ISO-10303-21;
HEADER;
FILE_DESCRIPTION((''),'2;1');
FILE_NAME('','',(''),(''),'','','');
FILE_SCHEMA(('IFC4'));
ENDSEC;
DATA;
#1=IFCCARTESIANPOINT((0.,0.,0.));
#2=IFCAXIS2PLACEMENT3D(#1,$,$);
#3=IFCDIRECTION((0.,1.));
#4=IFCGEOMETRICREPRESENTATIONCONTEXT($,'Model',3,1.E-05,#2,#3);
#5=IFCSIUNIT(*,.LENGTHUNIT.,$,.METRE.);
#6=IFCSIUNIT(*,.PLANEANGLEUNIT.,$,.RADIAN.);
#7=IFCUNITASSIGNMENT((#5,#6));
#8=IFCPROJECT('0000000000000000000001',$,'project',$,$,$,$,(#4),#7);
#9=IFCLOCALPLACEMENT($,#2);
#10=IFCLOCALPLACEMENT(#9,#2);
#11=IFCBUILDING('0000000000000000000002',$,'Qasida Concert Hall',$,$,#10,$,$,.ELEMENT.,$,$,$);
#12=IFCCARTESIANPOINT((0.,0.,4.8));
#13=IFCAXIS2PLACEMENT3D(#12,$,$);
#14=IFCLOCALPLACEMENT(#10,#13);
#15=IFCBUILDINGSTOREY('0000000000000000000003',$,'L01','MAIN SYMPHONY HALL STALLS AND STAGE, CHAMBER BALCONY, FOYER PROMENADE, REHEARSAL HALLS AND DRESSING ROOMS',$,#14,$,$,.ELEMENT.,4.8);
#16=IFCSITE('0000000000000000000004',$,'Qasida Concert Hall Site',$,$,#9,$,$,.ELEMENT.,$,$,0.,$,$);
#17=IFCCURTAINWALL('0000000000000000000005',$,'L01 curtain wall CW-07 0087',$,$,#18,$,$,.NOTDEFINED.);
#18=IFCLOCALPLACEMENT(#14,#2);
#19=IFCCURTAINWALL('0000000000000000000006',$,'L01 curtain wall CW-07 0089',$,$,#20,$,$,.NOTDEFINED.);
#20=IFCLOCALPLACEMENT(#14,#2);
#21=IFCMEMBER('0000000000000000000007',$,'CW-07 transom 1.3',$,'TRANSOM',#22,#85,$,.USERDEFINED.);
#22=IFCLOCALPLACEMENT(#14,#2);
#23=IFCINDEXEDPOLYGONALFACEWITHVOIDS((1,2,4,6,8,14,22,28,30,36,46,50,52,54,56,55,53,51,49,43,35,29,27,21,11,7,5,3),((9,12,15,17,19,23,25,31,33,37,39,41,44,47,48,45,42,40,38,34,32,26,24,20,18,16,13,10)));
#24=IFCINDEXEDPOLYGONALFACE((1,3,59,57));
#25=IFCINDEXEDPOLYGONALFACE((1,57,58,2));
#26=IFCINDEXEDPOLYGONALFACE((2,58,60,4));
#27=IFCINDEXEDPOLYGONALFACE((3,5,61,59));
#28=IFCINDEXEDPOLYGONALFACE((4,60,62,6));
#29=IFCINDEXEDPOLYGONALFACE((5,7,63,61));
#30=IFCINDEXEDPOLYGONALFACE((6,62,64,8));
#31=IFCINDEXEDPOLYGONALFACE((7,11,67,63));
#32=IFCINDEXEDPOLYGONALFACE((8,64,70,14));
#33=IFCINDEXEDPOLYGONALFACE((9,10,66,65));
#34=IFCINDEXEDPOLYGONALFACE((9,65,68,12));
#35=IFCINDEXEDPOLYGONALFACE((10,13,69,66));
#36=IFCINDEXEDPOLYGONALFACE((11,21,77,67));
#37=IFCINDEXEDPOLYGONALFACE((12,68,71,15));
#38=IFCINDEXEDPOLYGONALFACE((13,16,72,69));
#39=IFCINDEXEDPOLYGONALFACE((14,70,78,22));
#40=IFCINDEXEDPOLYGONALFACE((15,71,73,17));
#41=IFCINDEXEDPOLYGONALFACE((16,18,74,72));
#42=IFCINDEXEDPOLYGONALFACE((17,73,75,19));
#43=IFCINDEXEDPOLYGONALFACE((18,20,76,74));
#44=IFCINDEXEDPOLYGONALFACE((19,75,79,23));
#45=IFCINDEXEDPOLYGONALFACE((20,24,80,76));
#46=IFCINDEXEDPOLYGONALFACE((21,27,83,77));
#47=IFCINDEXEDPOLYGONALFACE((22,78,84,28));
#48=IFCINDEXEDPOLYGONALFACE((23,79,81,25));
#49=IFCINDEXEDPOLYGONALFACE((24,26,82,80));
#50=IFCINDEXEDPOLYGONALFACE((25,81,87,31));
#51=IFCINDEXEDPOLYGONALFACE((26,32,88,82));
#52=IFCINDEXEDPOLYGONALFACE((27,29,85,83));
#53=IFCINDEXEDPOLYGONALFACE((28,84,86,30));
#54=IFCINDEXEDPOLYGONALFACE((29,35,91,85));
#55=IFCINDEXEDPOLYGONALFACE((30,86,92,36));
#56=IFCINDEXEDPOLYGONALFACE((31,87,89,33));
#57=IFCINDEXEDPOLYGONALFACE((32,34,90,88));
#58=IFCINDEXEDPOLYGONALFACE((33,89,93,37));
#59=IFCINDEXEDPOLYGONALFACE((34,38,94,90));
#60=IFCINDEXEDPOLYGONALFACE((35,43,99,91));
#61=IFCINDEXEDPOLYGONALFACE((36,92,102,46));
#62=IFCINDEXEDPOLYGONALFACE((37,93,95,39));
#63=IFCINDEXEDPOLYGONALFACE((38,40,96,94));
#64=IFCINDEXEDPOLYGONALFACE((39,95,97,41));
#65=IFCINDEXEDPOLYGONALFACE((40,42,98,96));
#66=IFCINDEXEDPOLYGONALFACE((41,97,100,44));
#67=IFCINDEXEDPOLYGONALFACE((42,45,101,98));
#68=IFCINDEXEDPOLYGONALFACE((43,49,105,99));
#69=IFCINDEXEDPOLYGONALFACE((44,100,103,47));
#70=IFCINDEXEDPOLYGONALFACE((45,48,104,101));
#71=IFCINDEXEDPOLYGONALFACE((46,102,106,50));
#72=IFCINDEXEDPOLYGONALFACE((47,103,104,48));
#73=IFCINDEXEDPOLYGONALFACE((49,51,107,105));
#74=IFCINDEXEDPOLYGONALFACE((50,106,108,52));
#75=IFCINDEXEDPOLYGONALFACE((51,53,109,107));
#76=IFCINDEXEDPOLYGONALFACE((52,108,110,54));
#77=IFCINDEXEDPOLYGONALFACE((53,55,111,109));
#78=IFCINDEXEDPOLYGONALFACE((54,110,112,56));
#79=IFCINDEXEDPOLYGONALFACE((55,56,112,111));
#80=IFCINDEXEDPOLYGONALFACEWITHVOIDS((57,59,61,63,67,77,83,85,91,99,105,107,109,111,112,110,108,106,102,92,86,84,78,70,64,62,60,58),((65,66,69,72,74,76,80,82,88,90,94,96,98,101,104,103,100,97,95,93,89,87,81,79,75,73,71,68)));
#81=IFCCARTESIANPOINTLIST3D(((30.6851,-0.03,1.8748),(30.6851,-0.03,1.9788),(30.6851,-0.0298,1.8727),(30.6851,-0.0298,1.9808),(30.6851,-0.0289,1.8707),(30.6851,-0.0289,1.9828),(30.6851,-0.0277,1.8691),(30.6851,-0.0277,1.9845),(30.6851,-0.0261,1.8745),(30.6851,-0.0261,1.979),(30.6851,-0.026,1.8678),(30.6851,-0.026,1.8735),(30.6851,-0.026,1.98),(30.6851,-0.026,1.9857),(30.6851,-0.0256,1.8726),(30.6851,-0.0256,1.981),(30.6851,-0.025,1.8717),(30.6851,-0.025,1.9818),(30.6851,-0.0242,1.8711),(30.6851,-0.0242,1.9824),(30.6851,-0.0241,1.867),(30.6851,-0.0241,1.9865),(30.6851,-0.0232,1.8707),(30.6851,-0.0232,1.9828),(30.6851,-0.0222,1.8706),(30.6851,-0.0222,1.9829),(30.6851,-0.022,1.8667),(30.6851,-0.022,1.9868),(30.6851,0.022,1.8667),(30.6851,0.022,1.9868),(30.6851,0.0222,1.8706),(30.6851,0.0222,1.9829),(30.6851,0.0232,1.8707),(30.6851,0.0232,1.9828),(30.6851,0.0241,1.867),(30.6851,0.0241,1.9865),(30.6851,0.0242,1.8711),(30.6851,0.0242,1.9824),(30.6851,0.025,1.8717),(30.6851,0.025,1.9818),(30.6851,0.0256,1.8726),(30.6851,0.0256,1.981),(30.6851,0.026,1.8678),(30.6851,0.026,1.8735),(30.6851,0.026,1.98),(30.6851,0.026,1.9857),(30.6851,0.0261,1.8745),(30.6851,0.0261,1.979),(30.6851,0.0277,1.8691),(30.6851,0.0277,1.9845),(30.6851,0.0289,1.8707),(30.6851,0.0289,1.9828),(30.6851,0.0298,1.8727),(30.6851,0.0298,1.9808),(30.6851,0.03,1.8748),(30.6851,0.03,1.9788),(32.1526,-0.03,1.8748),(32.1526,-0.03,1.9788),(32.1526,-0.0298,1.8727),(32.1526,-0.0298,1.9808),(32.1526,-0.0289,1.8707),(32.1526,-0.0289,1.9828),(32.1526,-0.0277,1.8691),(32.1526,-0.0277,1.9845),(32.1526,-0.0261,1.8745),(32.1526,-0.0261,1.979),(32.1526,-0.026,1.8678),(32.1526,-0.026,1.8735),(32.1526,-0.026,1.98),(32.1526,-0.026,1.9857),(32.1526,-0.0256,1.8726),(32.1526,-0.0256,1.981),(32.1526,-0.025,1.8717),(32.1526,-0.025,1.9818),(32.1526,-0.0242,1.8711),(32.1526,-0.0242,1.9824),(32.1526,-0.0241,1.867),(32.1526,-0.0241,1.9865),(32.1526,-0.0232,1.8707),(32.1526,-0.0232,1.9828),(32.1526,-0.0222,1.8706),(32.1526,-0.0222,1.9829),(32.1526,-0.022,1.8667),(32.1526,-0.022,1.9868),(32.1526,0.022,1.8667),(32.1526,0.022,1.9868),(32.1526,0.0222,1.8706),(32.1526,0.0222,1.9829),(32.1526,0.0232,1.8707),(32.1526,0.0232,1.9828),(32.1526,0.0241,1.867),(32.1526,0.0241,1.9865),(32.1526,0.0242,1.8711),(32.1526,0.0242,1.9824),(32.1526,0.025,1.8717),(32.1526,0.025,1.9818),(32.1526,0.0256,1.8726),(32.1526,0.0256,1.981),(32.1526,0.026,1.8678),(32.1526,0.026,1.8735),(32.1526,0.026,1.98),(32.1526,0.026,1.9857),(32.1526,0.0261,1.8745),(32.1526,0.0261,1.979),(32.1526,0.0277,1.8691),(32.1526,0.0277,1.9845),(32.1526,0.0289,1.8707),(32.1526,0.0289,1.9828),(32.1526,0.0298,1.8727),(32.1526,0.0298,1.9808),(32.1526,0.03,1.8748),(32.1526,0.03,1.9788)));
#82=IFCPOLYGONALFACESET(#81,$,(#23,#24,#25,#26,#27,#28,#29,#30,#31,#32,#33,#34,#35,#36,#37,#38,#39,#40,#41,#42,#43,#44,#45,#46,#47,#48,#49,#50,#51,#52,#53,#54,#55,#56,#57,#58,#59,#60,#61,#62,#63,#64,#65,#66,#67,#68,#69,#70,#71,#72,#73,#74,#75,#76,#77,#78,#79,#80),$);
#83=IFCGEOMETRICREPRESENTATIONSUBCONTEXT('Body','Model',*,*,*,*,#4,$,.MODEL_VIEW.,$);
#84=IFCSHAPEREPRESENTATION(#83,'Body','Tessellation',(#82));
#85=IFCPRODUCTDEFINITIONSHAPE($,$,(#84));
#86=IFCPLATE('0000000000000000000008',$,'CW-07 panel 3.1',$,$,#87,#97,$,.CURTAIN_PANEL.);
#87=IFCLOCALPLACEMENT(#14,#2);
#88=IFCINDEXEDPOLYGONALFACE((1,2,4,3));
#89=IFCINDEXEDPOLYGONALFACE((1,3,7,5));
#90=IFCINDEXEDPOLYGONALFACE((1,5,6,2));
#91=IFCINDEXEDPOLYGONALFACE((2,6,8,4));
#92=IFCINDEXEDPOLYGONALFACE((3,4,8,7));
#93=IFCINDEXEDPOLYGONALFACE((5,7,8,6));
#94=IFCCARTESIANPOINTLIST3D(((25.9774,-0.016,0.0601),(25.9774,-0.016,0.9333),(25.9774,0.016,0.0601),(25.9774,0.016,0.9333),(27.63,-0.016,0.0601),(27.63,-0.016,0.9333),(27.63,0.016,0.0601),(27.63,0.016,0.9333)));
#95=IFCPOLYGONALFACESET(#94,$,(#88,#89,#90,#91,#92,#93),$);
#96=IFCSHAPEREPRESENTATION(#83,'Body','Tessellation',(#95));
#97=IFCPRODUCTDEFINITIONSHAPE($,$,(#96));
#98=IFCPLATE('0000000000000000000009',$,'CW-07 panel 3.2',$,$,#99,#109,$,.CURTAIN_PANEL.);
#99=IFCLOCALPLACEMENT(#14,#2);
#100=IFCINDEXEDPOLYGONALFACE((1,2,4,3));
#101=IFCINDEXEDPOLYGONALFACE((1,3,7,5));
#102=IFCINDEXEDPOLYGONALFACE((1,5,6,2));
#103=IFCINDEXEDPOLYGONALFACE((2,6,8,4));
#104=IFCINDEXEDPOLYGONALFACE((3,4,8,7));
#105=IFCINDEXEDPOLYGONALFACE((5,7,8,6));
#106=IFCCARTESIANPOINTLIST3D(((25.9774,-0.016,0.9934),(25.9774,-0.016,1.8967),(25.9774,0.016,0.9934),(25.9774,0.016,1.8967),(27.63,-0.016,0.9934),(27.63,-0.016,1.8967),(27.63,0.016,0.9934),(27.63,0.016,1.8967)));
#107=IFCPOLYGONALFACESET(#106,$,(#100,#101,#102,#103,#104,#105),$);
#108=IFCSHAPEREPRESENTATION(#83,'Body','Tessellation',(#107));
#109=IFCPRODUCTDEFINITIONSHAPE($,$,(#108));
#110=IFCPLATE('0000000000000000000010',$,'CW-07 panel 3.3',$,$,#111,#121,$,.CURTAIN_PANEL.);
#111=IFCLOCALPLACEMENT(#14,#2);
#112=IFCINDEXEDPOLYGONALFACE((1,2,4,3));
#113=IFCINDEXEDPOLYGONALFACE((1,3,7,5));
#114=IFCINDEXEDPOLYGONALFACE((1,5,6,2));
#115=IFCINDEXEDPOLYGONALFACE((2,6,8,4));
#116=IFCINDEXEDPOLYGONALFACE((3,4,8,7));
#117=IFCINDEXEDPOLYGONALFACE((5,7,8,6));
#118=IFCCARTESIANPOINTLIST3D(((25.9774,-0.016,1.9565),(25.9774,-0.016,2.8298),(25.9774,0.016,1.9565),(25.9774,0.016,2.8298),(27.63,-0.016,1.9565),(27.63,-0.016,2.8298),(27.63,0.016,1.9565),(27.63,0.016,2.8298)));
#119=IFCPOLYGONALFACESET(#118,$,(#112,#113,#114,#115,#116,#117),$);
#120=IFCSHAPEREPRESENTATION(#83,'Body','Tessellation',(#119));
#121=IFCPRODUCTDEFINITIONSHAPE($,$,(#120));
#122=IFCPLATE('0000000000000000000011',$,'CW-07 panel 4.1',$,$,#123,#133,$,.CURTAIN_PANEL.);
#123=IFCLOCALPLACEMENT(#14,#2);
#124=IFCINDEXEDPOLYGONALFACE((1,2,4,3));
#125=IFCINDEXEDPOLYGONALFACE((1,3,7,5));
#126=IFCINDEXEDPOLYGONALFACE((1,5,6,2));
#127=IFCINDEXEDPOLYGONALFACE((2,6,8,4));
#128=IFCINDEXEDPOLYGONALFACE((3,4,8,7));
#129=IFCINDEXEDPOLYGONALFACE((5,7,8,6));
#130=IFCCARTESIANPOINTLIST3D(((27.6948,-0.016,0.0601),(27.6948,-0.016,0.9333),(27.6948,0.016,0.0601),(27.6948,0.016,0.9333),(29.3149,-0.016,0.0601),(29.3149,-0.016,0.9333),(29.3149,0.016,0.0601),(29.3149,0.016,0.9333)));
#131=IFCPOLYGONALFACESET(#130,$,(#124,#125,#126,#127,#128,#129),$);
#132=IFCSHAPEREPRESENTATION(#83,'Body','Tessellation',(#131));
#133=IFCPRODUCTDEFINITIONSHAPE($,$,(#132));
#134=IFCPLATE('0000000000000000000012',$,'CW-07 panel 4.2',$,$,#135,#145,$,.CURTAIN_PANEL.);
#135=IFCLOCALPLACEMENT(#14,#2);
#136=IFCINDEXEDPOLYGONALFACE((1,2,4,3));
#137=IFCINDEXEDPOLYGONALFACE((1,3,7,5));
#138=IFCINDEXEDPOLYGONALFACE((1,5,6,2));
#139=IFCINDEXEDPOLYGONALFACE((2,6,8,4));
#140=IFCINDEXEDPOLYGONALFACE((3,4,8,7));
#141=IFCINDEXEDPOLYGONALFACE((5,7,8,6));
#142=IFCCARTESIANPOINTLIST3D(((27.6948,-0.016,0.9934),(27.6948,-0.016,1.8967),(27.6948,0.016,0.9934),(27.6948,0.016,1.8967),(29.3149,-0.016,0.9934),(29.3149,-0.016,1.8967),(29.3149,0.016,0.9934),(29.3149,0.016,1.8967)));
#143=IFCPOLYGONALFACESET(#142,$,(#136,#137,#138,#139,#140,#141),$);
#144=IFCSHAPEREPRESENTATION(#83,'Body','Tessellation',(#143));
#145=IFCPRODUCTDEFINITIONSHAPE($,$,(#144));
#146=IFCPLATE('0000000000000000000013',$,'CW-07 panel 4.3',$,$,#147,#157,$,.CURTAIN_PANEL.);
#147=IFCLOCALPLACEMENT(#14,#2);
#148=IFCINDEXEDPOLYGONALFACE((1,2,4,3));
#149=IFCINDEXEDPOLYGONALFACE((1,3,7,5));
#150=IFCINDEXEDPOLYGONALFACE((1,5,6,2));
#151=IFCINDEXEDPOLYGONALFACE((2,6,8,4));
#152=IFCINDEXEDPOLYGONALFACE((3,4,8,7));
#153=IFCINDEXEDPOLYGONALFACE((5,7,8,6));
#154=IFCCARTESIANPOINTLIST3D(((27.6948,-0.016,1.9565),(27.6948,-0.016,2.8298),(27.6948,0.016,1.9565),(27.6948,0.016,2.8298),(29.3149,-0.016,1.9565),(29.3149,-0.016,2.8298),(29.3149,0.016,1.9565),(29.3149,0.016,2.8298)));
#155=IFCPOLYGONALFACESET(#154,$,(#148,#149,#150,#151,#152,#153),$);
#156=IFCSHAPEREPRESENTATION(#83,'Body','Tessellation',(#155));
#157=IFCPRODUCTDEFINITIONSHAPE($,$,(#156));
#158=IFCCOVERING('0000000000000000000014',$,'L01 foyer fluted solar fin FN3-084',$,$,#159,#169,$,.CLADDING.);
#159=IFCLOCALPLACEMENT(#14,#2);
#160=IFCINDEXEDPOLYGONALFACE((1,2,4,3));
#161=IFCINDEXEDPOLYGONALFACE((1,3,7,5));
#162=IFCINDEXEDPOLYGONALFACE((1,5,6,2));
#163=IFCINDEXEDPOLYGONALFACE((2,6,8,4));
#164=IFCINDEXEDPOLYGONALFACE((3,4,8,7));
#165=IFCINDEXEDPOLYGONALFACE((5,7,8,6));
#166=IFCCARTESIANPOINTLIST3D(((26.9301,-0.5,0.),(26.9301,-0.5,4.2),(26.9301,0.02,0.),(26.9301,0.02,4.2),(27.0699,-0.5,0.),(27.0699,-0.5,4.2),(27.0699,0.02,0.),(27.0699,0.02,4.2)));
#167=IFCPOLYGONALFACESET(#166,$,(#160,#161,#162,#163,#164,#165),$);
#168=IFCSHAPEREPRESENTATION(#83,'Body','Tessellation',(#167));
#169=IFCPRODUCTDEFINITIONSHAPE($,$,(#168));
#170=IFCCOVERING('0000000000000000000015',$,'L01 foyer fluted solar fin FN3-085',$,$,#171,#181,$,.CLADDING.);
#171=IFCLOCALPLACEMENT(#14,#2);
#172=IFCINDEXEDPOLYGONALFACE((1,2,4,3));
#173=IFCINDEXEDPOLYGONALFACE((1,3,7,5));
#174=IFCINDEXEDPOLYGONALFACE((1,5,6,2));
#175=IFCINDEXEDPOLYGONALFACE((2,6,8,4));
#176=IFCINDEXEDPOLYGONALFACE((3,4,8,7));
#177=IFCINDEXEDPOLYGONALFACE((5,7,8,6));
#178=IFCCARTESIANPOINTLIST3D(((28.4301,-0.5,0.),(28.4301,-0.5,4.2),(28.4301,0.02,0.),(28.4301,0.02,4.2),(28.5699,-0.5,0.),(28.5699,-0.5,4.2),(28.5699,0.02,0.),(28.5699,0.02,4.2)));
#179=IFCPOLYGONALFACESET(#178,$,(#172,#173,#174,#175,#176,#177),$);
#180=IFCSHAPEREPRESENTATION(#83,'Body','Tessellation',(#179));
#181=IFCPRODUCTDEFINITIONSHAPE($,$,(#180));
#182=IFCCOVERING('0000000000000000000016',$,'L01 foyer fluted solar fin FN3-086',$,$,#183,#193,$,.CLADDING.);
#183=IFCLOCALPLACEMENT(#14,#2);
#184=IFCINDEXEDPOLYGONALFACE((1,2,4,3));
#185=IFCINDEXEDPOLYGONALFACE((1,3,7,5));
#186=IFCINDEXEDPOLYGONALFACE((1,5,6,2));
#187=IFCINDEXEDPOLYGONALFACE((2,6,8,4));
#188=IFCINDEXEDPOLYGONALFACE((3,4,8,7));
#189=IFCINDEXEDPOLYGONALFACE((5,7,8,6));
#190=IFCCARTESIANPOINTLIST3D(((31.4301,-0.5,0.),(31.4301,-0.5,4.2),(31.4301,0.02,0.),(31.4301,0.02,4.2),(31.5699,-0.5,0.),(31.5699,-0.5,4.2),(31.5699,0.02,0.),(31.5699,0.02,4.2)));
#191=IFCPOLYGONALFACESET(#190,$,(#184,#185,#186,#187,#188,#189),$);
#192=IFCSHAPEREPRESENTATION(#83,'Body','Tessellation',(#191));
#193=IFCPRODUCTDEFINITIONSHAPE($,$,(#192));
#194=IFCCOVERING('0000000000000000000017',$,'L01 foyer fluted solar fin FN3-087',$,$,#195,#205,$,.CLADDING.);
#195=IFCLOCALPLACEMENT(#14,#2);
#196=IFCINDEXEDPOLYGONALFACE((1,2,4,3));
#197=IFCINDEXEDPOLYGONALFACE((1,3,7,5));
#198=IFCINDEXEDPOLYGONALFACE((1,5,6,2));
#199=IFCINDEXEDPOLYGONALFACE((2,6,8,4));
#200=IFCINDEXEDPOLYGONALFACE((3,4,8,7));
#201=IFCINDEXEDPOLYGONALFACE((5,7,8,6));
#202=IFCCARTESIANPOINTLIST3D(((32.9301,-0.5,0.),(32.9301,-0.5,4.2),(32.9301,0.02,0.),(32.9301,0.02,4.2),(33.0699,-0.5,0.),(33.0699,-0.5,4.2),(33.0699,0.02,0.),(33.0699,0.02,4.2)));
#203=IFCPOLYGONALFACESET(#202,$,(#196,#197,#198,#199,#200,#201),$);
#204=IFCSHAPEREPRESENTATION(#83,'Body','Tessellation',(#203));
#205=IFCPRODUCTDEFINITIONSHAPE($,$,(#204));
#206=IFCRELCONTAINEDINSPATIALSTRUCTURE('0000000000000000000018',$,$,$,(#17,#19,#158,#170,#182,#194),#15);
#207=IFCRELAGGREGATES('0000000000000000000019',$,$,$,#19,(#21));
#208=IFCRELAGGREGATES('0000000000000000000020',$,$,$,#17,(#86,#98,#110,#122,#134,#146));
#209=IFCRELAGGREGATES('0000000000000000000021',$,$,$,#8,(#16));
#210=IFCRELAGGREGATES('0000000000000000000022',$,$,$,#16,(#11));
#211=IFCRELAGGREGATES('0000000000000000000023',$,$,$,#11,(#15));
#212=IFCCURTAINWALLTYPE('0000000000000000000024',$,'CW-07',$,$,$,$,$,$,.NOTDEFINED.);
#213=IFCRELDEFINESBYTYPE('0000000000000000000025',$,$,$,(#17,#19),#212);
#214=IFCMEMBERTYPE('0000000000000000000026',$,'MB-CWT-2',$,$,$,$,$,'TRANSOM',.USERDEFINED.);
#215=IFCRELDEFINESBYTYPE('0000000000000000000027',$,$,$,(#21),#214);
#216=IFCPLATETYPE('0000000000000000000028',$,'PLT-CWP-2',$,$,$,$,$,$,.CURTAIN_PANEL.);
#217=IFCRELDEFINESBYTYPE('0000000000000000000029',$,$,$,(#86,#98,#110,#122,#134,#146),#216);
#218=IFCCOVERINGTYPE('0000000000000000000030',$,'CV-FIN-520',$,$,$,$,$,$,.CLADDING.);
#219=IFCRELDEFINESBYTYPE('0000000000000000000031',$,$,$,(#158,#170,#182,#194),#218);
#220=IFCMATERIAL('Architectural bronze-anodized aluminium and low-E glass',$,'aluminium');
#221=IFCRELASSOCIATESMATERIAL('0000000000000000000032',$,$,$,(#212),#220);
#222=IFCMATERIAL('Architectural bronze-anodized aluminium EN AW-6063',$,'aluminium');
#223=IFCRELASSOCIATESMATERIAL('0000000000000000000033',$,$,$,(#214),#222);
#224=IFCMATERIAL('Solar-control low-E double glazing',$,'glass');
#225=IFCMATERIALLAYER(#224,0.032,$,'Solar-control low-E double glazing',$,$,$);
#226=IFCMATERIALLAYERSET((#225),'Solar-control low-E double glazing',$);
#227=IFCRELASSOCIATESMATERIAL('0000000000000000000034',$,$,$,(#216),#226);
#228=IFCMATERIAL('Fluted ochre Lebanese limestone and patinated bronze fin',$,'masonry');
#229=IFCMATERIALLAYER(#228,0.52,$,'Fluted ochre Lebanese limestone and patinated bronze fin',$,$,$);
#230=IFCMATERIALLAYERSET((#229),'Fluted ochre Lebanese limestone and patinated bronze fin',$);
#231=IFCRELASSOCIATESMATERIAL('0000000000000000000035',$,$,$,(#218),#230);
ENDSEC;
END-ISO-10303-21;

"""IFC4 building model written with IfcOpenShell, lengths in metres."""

from ifc_helpers import new_model, si_unit, direction, frame, origin, origin_2d, place, context, subcontext, project, spatial, rectangle, hollow_rectangle, extrude, material, layer, layer_set, material_profile, profile_set, type_object, element, aggregate, save


model = new_model("IFC4")

# Units and contexts
model_context = context("Model", 3, precision=1e-05, world=origin(), true_north=direction((0.0, 1.0)))
body_context = subcontext(model_context, "Body", "Model", "MODEL_VIEW")
ifc_project = project(units=[si_unit("LENGTHUNIT", "METRE"), si_unit("PLANEANGLEUNIT", "RADIAN")], contexts=[model_context])

# Site, building, storey
site_placement = place(None, origin())
site = spatial("IfcSite", under=ifc_project, at=site_placement, Name="Qasida Concert Hall Site", CompositionType="ELEMENT", RefElevation=0.0)
building_placement = place(site_placement, origin())
building = spatial("IfcBuilding", under=site, at=building_placement, Name="Qasida Concert Hall", CompositionType="ELEMENT")
storey_placement = place(building_placement, frame((0.0, 0.0, 4.8)))
storey = spatial("IfcBuildingStorey", under=building, at=storey_placement, Name="L01", Description="MAIN SYMPHONY HALL STALLS AND STAGE, CHAMBER BALCONY, FOYER PROMENADE, REHEARSAL HALLS AND DRESSING ROOMS", CompositionType="ELEMENT", Elevation=4.8)

# Curtain wall
ifc_material_1 = material(Name="Architectural bronze-anodized aluminium and low-E glass", Category="aluminium")
curtain_wall_type = type_object("IfcCurtainWallType", Name="CW-07", PredefinedType="NOTDEFINED", material=ifc_material_1)
curtain_wall_1_placement = place(storey_placement, origin())
curtain_wall_1 = element("IfcCurtainWall", 1, at=curtain_wall_1_placement, inside=storey, type_object=curtain_wall_type, Name="L01 curtain wall CW-07 0087", PredefinedType="NOTDEFINED")
ifc_material_2 = material(Name="Architectural bronze-anodized aluminium EN AW-6063", Category="aluminium")

# Curtain wall
curtain_wall_2_placement = place(storey_placement, origin())
curtain_wall_2 = element("IfcCurtainWall", 2, at=curtain_wall_2_placement, inside=storey, type_object=curtain_wall_type, Name="L01 curtain wall CW-07 0089", PredefinedType="NOTDEFINED")

# Member
ifc_material_profile_1 = material_profile(ifc_material_2, hollow_rectangle(XDim=0.0601, YDim=0.1201, WallThickness=0.0039, InnerFilletRadius=0.0039, OuterFilletRadius=0.0081, at=origin_2d()), Name="CWT 120x60x4")
ifc_profile_set_1 = profile_set([ifc_material_profile_1], Name="Architectural bronze-anodized aluminium EN AW-6063")
member_type_1 = type_object("IfcMemberType", Name="MB-CWT-2", ElementType="TRANSOM", PredefinedType="USERDEFINED", material=ifc_profile_set_1)
member_1_placement = place(storey_placement, frame((30.6851, 0.0, 1.9268), z_axis=(1.0, 0.0, 0.0), x_axis=(0.0, 1.0, 0.0)))
member_1 = element("IfcMember", 3, at=member_1_placement, type_object=member_type_1, Name="CW-07 transom 1.3", ObjectType="TRANSOM", PredefinedType="USERDEFINED", context=body_context, shape_type="SweptSolid", body=[
    extrude(hollow_rectangle(XDim=0.0601, YDim=0.1201, WallThickness=0.0039, InnerFilletRadius=0.0039, OuterFilletRadius=0.0081, at=origin_2d()), origin(), (0.0, 0.0, 1.0), 1.4675),
])
aggregate(curtain_wall_2, [member_1])

# Plates
ifc_material_3 = material(Name="Solar-control low-E double glazing", Category="glass")
ifc_layer_1 = layer(ifc_material_3, 0.032, Name="Solar-control low-E double glazing")
ifc_layer_set_1 = layer_set([ifc_layer_1], Name="Solar-control low-E double glazing")
plate_type = type_object("IfcPlateType", Name="PLT-CWP-2", PredefinedType="CURTAIN_PANEL", material=ifc_layer_set_1)
plate_1_placement = place(storey_placement, frame((26.8037, 0.0, 0.0601), z_axis=(0.0, 0.0, 1.0), x_axis=(1.0, 0.0, 0.0)))
plate_1 = element("IfcPlate", 4, at=plate_1_placement, type_object=plate_type, Name="CW-07 panel 3.1", PredefinedType="CURTAIN_PANEL", context=body_context, shape_type="SweptSolid", body=[
    extrude(rectangle(XDim=1.6526, YDim=0.032, at=origin_2d()), origin(), (0.0, 0.0, 1.0), 0.8733),
])
plate_2_placement = place(storey_placement, frame((26.8037, 0.0, 0.9934), z_axis=(0.0, 0.0, 1.0), x_axis=(1.0, 0.0, 0.0)))
plate_2 = element("IfcPlate", 5, at=plate_2_placement, type_object=plate_type, Name="CW-07 panel 3.2", PredefinedType="CURTAIN_PANEL", context=body_context, shape_type="SweptSolid", body=[
    extrude(rectangle(XDim=1.6526, YDim=0.032, at=origin_2d()), origin(), (0.0, 0.0, 1.0), 0.9033),
])
plate_3_placement = place(storey_placement, frame((26.8037, 0.0, 1.9565), z_axis=(0.0, 0.0, 1.0), x_axis=(1.0, 0.0, 0.0)))
plate_3 = element("IfcPlate", 6, at=plate_3_placement, type_object=plate_type, Name="CW-07 panel 3.3", PredefinedType="CURTAIN_PANEL", context=body_context, shape_type="SweptSolid", body=[
    extrude(rectangle(XDim=1.6526, YDim=0.032, at=origin_2d()), origin(), (0.0, 0.0, 1.0), 0.8733),
])
plate_4_placement = place(storey_placement, frame((28.5049, 0.0, 0.0601), z_axis=(0.0, 0.0, 1.0), x_axis=(1.0, 0.0, 0.0)))
plate_4 = element("IfcPlate", 7, at=plate_4_placement, type_object=plate_type, Name="CW-07 panel 4.1", PredefinedType="CURTAIN_PANEL", context=body_context, shape_type="SweptSolid", body=[
    extrude(rectangle(XDim=1.6201, YDim=0.032, at=origin_2d()), origin(), (0.0, 0.0, 1.0), 0.8733),
])
plate_5_placement = place(storey_placement, frame((28.5049, 0.0, 0.9934), z_axis=(0.0, 0.0, 1.0), x_axis=(1.0, 0.0, 0.0)))
plate_5 = element("IfcPlate", 8, at=plate_5_placement, type_object=plate_type, Name="CW-07 panel 4.2", PredefinedType="CURTAIN_PANEL", context=body_context, shape_type="SweptSolid", body=[
    extrude(rectangle(XDim=1.6201, YDim=0.032, at=origin_2d()), origin(), (0.0, 0.0, 1.0), 0.9033),
])
plate_6_placement = place(storey_placement, frame((28.5049, 0.0, 1.9565), z_axis=(0.0, 0.0, 1.0), x_axis=(1.0, 0.0, 0.0)))
plate_6 = element("IfcPlate", 9, at=plate_6_placement, type_object=plate_type, Name="CW-07 panel 4.3", PredefinedType="CURTAIN_PANEL", context=body_context, shape_type="SweptSolid", body=[
    extrude(rectangle(XDim=1.6201, YDim=0.032, at=origin_2d()), origin(), (0.0, 0.0, 1.0), 0.8733),
])
aggregate(curtain_wall_1, [plate_1, plate_2, plate_3, plate_4, plate_5, plate_6])

# Coverings
ifc_material_4 = material(Name="Fluted ochre Lebanese limestone and patinated bronze fin", Category="masonry")
ifc_layer_2 = layer(ifc_material_4, 0.52, Name="Fluted ochre Lebanese limestone and patinated bronze fin")
ifc_layer_set_2 = layer_set([ifc_layer_2], Name="Fluted ochre Lebanese limestone and patinated bronze fin")
covering_type_1 = type_object("IfcCoveringType", Name="CV-FIN-520", PredefinedType="CLADDING", material=ifc_layer_set_2)
for number, where, z_axis, x_axis, name in (
    (10, (27.0, -0.24, 0.0), (0.0, 0.0, 1.0), (1.0, 0.0, 0.0), "L01 foyer fluted solar fin FN3-084"),
    (11, (28.5, -0.24, 0.0), (0.0, 0.0, 1.0), (1.0, 0.0, 0.0), "L01 foyer fluted solar fin FN3-085"),
    (12, (31.5, -0.24, 0.0), (0.0, 0.0, 1.0), (1.0, 0.0, 0.0), "L01 foyer fluted solar fin FN3-086"),
    (13, (33.0, -0.24, 0.0), (0.0, 0.0, 1.0), (1.0, 0.0, 0.0), "L01 foyer fluted solar fin FN3-087"),
):
    element("IfcCovering", number, at=place(storey_placement, frame(where, z_axis=z_axis, x_axis=x_axis)), inside=storey, type_object=covering_type_1, Name=name, PredefinedType="CLADDING", context=body_context, shape_type="SweptSolid", body=[
        extrude(rectangle(XDim=0.1399, YDim=0.52, at=origin_2d()), origin(), (0.0, 0.0, 1.0), 4.2),
    ])

save(model, "model.ifc")
